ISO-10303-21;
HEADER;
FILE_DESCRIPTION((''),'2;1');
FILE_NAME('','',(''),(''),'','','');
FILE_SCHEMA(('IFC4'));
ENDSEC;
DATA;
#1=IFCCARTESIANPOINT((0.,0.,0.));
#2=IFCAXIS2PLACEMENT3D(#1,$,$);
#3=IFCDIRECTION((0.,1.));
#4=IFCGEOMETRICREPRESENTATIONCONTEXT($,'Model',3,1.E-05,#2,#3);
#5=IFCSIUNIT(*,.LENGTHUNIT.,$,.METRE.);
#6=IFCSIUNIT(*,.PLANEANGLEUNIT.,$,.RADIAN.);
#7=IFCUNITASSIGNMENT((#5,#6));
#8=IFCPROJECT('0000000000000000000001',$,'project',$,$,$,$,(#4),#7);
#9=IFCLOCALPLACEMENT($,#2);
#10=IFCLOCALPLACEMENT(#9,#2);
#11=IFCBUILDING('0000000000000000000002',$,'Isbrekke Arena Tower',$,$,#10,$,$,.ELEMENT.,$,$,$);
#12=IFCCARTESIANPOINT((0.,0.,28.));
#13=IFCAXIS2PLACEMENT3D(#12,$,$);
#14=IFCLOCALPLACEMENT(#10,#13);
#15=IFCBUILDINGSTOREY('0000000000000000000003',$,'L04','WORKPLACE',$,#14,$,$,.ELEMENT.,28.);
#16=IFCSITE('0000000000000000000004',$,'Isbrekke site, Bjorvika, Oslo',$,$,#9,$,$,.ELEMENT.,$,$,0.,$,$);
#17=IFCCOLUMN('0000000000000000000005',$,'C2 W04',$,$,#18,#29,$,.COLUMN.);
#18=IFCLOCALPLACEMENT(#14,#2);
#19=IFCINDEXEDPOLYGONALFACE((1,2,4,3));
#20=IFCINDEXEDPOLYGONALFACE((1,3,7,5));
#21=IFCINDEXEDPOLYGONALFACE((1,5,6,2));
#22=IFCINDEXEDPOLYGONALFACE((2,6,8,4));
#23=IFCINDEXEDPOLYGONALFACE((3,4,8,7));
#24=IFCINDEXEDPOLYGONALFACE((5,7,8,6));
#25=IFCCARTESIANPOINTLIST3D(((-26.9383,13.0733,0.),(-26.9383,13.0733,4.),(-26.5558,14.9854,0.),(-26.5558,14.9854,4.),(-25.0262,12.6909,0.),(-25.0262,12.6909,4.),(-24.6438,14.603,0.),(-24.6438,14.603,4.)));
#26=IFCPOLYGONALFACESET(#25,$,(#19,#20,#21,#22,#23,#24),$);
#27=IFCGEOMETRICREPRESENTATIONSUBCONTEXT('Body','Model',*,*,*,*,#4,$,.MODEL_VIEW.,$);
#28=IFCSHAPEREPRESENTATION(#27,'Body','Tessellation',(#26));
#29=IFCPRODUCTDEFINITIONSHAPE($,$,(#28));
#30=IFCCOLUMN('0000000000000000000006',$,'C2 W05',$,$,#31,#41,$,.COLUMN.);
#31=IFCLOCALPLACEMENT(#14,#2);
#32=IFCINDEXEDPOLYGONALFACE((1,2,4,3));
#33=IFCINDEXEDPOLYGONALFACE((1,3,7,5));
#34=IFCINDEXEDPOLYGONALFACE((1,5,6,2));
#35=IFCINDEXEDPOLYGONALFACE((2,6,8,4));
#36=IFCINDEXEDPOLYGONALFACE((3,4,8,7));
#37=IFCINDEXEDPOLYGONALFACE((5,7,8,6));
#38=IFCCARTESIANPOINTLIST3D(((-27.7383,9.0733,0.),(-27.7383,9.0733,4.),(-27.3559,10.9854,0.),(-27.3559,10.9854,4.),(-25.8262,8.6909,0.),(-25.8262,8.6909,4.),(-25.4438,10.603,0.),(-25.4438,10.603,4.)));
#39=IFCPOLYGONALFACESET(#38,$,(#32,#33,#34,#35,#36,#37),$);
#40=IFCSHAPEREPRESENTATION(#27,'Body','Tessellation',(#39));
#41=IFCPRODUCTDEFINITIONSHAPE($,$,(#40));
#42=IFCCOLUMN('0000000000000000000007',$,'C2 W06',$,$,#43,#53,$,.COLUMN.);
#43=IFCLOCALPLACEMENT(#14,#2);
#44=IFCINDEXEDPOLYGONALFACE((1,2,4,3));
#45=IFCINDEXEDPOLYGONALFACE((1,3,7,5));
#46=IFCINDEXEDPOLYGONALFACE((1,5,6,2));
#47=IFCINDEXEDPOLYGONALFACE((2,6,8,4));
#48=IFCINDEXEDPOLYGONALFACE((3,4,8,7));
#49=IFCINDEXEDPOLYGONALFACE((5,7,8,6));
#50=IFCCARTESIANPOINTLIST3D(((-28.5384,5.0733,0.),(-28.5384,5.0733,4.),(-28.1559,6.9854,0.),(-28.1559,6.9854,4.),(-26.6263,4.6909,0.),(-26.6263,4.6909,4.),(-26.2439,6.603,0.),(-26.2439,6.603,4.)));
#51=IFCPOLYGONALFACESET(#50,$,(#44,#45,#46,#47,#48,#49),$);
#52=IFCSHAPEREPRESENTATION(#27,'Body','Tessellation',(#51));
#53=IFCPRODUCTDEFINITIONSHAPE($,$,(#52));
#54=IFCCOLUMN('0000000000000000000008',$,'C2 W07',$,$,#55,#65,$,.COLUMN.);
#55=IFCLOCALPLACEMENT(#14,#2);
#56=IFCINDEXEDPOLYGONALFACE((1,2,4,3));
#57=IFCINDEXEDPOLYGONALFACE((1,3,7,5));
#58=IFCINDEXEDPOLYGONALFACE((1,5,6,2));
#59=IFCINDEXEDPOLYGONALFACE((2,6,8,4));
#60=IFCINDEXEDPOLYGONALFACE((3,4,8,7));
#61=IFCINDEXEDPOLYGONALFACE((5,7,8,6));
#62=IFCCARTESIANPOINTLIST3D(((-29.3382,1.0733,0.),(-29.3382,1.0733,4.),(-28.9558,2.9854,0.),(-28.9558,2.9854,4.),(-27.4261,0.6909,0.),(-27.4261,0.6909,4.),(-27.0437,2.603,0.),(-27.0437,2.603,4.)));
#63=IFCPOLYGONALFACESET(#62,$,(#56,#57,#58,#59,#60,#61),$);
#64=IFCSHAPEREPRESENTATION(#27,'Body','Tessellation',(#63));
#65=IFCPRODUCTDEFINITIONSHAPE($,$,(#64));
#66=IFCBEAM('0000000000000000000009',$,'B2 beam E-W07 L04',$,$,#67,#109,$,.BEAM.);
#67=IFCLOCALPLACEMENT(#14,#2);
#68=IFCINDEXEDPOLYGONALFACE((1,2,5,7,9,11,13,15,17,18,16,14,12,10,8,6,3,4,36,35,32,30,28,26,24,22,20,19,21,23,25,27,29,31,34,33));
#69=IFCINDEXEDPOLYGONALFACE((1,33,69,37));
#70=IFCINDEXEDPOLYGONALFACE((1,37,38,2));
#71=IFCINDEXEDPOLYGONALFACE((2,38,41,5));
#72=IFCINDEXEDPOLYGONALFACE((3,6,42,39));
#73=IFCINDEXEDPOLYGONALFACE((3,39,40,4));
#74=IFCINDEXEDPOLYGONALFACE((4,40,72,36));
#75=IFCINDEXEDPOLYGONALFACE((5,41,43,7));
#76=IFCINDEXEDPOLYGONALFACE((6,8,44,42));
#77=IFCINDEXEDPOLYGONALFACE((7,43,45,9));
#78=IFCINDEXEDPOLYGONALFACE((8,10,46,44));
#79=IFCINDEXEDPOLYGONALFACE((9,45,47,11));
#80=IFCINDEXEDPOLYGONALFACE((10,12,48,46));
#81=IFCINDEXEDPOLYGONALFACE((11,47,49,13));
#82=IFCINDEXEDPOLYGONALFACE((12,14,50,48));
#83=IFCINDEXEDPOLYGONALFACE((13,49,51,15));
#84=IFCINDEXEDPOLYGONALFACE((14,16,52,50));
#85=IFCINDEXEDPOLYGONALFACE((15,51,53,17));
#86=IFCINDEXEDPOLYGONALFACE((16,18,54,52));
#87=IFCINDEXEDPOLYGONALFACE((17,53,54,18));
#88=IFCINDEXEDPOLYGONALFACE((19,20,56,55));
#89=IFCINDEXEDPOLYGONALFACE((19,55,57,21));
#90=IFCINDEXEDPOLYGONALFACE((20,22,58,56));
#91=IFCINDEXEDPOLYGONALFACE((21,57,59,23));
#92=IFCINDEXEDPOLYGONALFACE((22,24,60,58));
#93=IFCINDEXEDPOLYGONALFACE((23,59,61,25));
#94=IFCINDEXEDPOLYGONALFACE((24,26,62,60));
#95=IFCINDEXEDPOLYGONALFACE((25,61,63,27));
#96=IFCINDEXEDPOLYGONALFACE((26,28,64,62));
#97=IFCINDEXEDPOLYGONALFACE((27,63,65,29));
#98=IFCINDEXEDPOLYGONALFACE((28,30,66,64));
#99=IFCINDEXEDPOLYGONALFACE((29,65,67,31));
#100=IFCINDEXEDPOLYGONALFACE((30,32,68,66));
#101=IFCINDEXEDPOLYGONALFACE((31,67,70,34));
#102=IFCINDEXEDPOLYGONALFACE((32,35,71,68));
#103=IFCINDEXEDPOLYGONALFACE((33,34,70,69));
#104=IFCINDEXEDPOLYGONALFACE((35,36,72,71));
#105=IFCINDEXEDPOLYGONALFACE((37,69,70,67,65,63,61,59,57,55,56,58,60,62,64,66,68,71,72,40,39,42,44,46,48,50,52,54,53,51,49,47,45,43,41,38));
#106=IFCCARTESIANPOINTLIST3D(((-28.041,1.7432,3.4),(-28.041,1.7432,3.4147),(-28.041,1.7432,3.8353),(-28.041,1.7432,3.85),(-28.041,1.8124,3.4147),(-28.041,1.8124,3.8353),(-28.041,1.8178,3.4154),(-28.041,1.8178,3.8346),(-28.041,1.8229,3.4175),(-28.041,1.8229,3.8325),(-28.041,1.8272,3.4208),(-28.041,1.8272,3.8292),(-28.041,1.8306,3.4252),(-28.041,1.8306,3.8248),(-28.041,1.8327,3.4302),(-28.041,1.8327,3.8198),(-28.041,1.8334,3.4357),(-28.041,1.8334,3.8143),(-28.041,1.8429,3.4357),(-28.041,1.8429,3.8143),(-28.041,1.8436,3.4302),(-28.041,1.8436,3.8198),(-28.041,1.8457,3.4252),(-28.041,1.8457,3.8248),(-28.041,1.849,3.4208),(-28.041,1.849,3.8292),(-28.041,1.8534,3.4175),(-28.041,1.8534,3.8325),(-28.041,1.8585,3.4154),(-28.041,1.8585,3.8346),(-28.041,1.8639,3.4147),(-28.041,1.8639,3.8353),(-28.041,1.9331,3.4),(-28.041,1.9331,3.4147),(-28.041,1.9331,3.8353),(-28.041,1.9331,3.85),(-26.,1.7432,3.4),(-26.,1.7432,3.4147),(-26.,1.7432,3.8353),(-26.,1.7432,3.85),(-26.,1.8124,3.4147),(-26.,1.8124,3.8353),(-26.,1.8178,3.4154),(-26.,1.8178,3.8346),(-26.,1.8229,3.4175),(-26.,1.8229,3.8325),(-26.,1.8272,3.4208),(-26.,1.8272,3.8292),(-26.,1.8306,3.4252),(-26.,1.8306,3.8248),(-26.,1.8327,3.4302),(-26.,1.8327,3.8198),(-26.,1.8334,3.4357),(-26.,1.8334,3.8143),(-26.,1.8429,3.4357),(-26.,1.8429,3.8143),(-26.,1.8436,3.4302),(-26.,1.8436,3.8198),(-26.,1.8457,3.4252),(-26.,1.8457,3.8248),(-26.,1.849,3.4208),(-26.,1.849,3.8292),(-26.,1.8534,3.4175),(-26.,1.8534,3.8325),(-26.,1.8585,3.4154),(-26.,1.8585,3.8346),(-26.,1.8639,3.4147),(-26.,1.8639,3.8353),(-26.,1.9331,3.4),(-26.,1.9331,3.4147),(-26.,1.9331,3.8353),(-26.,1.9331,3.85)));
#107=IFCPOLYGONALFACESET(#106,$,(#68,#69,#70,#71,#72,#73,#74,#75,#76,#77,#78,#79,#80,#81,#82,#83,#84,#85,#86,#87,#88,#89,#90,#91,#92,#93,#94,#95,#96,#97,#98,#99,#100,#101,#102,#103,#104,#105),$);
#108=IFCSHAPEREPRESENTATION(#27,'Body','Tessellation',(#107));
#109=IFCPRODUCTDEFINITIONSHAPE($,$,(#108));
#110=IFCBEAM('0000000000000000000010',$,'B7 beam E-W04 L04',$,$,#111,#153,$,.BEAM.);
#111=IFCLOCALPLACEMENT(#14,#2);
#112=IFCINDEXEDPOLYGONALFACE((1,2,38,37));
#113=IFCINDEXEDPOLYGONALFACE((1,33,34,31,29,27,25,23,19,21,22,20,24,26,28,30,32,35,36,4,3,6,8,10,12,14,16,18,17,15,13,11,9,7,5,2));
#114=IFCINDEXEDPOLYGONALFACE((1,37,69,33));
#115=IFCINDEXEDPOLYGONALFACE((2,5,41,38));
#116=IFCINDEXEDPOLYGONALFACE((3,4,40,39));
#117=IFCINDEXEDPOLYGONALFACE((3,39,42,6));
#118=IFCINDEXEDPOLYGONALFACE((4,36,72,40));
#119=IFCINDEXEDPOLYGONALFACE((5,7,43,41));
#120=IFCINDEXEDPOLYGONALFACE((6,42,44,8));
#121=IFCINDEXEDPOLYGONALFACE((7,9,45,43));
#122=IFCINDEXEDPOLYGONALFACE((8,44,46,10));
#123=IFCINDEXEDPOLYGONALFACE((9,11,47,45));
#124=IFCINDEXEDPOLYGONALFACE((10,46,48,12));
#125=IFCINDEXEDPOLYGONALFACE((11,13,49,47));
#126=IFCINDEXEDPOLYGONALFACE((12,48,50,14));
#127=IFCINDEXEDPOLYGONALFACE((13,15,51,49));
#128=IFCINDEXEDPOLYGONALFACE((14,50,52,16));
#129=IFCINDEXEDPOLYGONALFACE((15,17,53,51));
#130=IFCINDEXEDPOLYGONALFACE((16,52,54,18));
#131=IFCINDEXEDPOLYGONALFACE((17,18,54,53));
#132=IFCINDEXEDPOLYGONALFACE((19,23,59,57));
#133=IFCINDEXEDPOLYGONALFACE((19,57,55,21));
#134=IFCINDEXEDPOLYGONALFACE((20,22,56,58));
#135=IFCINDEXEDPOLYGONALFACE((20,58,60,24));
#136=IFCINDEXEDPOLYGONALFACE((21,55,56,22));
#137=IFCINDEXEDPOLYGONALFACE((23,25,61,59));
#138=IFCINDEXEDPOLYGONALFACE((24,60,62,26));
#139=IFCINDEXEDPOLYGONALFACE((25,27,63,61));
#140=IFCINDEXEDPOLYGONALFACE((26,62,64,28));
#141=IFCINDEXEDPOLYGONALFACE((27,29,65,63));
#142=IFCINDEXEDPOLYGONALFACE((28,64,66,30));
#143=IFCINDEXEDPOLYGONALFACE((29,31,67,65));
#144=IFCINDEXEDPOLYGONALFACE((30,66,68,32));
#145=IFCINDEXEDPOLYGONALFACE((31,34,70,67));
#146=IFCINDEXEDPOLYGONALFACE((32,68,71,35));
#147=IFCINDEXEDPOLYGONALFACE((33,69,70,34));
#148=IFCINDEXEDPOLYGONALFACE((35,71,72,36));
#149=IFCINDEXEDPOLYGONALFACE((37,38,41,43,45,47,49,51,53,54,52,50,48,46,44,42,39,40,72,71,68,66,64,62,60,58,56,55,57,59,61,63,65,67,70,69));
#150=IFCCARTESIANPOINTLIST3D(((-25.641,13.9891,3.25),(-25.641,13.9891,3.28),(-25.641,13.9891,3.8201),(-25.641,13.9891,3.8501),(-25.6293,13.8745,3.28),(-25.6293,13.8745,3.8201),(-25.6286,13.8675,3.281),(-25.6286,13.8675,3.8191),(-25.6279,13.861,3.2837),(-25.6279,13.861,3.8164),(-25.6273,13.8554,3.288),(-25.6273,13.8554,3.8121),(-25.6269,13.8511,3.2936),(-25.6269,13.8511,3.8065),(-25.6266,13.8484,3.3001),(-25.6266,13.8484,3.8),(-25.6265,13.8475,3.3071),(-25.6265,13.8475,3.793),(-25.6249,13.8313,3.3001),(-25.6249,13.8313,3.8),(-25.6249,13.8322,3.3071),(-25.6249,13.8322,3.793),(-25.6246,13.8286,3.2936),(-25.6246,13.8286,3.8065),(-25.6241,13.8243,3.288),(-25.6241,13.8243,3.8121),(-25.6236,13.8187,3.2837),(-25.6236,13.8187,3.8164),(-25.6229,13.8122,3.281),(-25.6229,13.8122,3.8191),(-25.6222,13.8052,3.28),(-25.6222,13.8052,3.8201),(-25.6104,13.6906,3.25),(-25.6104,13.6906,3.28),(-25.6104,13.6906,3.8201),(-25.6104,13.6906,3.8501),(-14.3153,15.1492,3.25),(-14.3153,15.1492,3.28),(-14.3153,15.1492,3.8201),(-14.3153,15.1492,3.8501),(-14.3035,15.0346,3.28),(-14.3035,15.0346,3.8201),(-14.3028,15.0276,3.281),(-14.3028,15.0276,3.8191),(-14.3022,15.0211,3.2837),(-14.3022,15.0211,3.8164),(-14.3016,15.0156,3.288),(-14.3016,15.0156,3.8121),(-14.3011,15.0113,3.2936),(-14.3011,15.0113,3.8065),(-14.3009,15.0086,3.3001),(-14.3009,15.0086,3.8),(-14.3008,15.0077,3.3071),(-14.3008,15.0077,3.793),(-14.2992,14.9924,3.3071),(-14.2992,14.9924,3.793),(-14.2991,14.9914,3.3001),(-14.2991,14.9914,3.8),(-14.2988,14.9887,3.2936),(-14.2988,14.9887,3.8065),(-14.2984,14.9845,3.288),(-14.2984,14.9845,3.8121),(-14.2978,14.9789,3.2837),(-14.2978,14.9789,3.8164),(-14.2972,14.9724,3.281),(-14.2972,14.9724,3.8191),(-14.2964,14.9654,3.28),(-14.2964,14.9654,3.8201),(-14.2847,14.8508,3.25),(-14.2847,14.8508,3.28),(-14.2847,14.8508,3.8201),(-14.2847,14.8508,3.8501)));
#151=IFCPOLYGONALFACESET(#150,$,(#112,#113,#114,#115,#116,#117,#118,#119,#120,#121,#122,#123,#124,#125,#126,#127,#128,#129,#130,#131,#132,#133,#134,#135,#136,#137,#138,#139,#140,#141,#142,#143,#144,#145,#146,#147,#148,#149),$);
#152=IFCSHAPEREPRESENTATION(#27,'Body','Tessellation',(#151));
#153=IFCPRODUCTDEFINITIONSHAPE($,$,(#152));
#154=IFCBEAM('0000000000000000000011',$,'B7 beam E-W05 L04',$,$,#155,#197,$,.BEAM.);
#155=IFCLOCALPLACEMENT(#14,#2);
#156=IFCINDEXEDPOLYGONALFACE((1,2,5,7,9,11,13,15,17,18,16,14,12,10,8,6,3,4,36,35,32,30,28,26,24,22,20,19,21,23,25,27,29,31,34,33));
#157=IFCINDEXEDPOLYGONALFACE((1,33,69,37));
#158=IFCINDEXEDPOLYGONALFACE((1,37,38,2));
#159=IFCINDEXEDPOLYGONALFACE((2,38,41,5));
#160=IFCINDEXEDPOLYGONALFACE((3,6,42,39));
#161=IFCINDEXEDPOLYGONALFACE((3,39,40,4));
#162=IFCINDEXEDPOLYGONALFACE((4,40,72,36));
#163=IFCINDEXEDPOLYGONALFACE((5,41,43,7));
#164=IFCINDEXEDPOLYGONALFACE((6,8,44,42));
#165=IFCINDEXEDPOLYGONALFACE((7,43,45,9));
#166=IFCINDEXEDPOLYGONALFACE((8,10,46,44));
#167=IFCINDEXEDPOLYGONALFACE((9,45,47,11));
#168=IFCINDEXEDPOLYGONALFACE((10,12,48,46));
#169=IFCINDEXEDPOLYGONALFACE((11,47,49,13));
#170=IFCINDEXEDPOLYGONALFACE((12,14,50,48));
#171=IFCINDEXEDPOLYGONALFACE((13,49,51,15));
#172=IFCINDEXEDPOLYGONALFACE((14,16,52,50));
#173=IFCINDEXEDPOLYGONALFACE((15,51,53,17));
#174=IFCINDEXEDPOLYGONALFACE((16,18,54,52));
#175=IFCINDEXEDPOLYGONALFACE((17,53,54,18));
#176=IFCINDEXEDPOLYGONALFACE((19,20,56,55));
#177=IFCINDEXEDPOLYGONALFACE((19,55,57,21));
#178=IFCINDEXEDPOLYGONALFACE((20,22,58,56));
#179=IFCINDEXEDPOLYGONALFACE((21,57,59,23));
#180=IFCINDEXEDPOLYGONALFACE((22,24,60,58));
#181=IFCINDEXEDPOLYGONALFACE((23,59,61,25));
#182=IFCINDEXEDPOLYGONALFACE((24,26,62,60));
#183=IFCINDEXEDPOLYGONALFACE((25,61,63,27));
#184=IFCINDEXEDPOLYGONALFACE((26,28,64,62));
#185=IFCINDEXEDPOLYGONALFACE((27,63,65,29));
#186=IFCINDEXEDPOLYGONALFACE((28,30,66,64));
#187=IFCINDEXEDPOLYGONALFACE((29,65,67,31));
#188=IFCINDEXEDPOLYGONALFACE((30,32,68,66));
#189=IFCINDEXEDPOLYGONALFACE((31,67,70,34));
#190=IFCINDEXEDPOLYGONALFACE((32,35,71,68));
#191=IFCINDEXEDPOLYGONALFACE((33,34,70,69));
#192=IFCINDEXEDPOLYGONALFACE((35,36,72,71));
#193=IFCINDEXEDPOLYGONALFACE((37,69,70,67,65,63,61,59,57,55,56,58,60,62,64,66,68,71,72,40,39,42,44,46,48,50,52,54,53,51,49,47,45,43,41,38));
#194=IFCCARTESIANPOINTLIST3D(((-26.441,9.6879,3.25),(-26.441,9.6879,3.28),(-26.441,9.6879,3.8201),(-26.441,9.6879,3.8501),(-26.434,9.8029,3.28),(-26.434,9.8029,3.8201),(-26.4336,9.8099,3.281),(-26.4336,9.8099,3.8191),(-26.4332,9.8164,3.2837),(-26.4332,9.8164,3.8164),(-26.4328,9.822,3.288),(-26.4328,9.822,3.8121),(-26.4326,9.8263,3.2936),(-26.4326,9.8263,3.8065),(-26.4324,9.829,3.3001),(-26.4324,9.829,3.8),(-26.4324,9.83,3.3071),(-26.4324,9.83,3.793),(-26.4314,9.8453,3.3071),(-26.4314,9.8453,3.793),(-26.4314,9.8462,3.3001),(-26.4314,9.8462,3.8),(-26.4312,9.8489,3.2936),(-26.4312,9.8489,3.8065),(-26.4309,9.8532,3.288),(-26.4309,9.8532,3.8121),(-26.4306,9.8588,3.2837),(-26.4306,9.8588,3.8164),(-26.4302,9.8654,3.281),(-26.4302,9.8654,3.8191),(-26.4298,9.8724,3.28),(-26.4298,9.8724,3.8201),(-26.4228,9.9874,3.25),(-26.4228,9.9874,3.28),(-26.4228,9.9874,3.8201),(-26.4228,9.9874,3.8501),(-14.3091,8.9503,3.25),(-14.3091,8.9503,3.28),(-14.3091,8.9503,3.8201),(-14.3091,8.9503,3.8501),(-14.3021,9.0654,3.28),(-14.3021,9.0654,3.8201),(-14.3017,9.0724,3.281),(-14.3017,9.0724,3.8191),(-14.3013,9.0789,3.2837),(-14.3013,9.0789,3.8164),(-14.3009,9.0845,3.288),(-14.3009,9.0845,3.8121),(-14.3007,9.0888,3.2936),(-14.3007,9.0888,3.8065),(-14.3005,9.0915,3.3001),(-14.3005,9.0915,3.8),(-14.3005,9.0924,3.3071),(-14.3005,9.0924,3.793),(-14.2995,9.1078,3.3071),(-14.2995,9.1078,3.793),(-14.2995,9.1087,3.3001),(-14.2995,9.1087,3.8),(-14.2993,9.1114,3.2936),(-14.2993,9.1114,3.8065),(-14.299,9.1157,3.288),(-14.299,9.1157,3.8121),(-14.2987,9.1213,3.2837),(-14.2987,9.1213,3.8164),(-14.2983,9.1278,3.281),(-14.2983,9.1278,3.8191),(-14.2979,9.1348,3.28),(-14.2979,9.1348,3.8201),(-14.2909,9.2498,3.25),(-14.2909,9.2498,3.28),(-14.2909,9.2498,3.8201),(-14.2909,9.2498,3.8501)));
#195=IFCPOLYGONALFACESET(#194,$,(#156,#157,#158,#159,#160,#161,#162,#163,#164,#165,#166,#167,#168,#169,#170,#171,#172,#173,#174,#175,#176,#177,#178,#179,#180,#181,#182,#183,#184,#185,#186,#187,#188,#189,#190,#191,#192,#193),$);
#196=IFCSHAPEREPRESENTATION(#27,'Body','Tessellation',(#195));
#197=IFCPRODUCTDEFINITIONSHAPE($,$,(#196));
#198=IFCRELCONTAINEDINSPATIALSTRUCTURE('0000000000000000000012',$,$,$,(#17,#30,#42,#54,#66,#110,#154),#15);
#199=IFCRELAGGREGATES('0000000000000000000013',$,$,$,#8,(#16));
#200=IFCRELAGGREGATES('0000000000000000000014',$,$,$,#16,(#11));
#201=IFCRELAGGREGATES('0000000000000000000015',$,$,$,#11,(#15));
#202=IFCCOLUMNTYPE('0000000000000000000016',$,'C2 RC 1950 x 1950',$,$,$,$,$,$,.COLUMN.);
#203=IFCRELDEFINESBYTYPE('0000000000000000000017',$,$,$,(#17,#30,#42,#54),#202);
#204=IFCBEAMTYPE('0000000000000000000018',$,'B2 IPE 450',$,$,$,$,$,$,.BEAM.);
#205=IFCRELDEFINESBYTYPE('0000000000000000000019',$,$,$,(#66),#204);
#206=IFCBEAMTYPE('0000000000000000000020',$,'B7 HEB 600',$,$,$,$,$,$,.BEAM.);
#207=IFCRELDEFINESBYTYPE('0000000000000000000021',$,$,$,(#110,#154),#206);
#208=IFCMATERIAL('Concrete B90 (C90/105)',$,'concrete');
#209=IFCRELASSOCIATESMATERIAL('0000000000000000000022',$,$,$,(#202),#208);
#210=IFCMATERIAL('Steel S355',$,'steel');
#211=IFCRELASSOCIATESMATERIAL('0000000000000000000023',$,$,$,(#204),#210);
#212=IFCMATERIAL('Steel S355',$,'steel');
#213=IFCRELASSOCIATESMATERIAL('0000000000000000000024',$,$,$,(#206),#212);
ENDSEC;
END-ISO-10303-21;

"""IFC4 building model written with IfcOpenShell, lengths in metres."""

from ifc_helpers import new_model, si_unit, direction, frame, origin, origin_2d, place, context, subcontext, project, spatial, rectangle, i_section, extrude, material, material_profile, profile_set, type_object, element, save


model = new_model("IFC4")

# Units and contexts
model_context = context("Model", 3, precision=1e-05, world=origin(), true_north=direction((0.0, 1.0)))
body_context = subcontext(model_context, "Body", "Model", "MODEL_VIEW")
ifc_project = project(units=[si_unit("LENGTHUNIT", "METRE"), si_unit("PLANEANGLEUNIT", "RADIAN")], contexts=[model_context])

# Site, building, storey
site_placement = place(None, origin())
site = spatial("IfcSite", under=ifc_project, at=site_placement, Name="Isbrekke site, Bjorvika, Oslo", CompositionType="ELEMENT", RefElevation=0.0)
building_placement = place(site_placement, origin())
building = spatial("IfcBuilding", under=site, at=building_placement, Name="Isbrekke Arena Tower", CompositionType="ELEMENT")
storey_placement = place(building_placement, frame((0.0, 0.0, 28.0)))
storey = spatial("IfcBuildingStorey", under=building, at=storey_placement, Name="L04", Description="WORKPLACE", CompositionType="ELEMENT", Elevation=28.0)

# Columns
ifc_material_1 = material(Name="Concrete B90 (C90/105)", Category="concrete")
ifc_material_profile_1 = material_profile(ifc_material_1, rectangle(XDim=1.95, YDim=1.95, at=origin_2d()), Name="RC 1950x1950")
ifc_profile_set_1 = profile_set([ifc_material_profile_1], Name="Concrete B90 (C90/105)")
column_type = type_object("IfcColumnType", Name="C2 RC 1950 x 1950", PredefinedType="COLUMN", material=ifc_profile_set_1)
for number, where, z_axis, x_axis, name in (
    (1, (-25.791, 13.8381, 0.0), (0.0, 0.0, 1.0), (-0.196116, -0.980581, 0.0), "C2 W04"),
    (2, (-26.5911, 9.8381, 0.0), (0.0, 0.0, 1.0), (-0.196116, -0.980581, 0.0), "C2 W05"),
    (3, (-27.3911, 5.8381, 0.0), (0.0, 0.0, 1.0), (-0.196116, -0.980581, 0.0), "C2 W06"),
    (4, (-28.1909, 1.8381, 0.0), (0.0, 0.0, 1.0), (-0.196116, -0.980581, 0.0), "C2 W07"),
):
    element("IfcColumn", number, at=place(storey_placement, frame(where, z_axis=z_axis, x_axis=x_axis)), inside=storey, type_object=column_type, Name=name, PredefinedType="COLUMN", context=body_context, shape_type="SweptSolid", body=[
        extrude(rectangle(XDim=1.95, YDim=1.95, at=origin_2d()), origin(), (0.0, 0.0, 1.0), 4.0),
    ])

# Beams
ifc_material_2 = material(Name="Steel S355", Category="steel")
ifc_material_profile_2 = material_profile(ifc_material_2, i_section(OverallWidth=0.1899, OverallDepth=0.45, WebThickness=0.0095, FlangeThickness=0.0146, FilletRadius=0.021, at=origin_2d()), Name="IPE 450")
ifc_profile_set_2 = profile_set([ifc_material_profile_2], Name="Steel S355")
beam_type_1 = type_object("IfcBeamType", Name="B2 IPE 450", PredefinedType="BEAM", material=ifc_profile_set_2)
beam_1_placement = place(storey_placement, frame((-28.041, 1.8381, 3.625), z_axis=(1.0, 0.0, 0.0), x_axis=(0.0, 1.0, 0.0)))
element("IfcBeam", 5, at=beam_1_placement, inside=storey, type_object=beam_type_1, Name="B2 beam E-W07 L04", PredefinedType="BEAM", context=body_context, shape_type="SweptSolid", body=[
    extrude(i_section(OverallWidth=0.1899, OverallDepth=0.45, WebThickness=0.0095, FlangeThickness=0.0146, FilletRadius=0.021, at=origin_2d()), origin(), (0.0, 0.0, 1.0), 2.041),
])
ifc_material_3 = material(Name="Steel S355", Category="steel")
ifc_material_profile_3 = material_profile(ifc_material_3, i_section(OverallWidth=0.3, OverallDepth=0.6001, WebThickness=0.0154, FlangeThickness=0.03, FilletRadius=0.0271, at=origin_2d()), Name="HEB 600")
ifc_profile_set_3 = profile_set([ifc_material_profile_3], Name="Steel S355")
beam_type_2 = type_object("IfcBeamType", Name="B7 HEB 600", PredefinedType="BEAM", material=ifc_profile_set_3)
beam_2_placement = place(storey_placement, frame((-25.6257, 13.8398, 3.55), z_axis=(0.994794, 0.101903, 0.0), x_axis=(-0.101903, 0.994794, 0.0)))
element("IfcBeam", 6, at=beam_2_placement, inside=storey, type_object=beam_type_2, Name="B7 beam E-W04 L04", PredefinedType="BEAM", context=body_context, shape_type="SweptSolid", body=[
    extrude(i_section(OverallWidth=0.3, OverallDepth=0.6001, WebThickness=0.0154, FlangeThickness=0.03, FilletRadius=0.0271, at=origin_2d()), origin(), (0.0, 0.0, 1.0), 11.385),
])
beam_3_placement = place(storey_placement, frame((-26.4319, 9.8376, 3.55), z_axis=(0.998157, -0.060682, 0.0), x_axis=(0.060682, 0.998157, 0.0)))
element("IfcBeam", 7, at=beam_3_placement, inside=storey, type_object=beam_type_2, Name="B7 beam E-W05 L04", PredefinedType="BEAM", context=body_context, shape_type="SweptSolid", body=[
    extrude(i_section(OverallWidth=0.3, OverallDepth=0.6001, WebThickness=0.0154, FlangeThickness=0.03, FilletRadius=0.0271, at=origin_2d()), origin(), (0.0, 0.0, 1.0), 12.1543),
])

save(model, "model.ifc")
